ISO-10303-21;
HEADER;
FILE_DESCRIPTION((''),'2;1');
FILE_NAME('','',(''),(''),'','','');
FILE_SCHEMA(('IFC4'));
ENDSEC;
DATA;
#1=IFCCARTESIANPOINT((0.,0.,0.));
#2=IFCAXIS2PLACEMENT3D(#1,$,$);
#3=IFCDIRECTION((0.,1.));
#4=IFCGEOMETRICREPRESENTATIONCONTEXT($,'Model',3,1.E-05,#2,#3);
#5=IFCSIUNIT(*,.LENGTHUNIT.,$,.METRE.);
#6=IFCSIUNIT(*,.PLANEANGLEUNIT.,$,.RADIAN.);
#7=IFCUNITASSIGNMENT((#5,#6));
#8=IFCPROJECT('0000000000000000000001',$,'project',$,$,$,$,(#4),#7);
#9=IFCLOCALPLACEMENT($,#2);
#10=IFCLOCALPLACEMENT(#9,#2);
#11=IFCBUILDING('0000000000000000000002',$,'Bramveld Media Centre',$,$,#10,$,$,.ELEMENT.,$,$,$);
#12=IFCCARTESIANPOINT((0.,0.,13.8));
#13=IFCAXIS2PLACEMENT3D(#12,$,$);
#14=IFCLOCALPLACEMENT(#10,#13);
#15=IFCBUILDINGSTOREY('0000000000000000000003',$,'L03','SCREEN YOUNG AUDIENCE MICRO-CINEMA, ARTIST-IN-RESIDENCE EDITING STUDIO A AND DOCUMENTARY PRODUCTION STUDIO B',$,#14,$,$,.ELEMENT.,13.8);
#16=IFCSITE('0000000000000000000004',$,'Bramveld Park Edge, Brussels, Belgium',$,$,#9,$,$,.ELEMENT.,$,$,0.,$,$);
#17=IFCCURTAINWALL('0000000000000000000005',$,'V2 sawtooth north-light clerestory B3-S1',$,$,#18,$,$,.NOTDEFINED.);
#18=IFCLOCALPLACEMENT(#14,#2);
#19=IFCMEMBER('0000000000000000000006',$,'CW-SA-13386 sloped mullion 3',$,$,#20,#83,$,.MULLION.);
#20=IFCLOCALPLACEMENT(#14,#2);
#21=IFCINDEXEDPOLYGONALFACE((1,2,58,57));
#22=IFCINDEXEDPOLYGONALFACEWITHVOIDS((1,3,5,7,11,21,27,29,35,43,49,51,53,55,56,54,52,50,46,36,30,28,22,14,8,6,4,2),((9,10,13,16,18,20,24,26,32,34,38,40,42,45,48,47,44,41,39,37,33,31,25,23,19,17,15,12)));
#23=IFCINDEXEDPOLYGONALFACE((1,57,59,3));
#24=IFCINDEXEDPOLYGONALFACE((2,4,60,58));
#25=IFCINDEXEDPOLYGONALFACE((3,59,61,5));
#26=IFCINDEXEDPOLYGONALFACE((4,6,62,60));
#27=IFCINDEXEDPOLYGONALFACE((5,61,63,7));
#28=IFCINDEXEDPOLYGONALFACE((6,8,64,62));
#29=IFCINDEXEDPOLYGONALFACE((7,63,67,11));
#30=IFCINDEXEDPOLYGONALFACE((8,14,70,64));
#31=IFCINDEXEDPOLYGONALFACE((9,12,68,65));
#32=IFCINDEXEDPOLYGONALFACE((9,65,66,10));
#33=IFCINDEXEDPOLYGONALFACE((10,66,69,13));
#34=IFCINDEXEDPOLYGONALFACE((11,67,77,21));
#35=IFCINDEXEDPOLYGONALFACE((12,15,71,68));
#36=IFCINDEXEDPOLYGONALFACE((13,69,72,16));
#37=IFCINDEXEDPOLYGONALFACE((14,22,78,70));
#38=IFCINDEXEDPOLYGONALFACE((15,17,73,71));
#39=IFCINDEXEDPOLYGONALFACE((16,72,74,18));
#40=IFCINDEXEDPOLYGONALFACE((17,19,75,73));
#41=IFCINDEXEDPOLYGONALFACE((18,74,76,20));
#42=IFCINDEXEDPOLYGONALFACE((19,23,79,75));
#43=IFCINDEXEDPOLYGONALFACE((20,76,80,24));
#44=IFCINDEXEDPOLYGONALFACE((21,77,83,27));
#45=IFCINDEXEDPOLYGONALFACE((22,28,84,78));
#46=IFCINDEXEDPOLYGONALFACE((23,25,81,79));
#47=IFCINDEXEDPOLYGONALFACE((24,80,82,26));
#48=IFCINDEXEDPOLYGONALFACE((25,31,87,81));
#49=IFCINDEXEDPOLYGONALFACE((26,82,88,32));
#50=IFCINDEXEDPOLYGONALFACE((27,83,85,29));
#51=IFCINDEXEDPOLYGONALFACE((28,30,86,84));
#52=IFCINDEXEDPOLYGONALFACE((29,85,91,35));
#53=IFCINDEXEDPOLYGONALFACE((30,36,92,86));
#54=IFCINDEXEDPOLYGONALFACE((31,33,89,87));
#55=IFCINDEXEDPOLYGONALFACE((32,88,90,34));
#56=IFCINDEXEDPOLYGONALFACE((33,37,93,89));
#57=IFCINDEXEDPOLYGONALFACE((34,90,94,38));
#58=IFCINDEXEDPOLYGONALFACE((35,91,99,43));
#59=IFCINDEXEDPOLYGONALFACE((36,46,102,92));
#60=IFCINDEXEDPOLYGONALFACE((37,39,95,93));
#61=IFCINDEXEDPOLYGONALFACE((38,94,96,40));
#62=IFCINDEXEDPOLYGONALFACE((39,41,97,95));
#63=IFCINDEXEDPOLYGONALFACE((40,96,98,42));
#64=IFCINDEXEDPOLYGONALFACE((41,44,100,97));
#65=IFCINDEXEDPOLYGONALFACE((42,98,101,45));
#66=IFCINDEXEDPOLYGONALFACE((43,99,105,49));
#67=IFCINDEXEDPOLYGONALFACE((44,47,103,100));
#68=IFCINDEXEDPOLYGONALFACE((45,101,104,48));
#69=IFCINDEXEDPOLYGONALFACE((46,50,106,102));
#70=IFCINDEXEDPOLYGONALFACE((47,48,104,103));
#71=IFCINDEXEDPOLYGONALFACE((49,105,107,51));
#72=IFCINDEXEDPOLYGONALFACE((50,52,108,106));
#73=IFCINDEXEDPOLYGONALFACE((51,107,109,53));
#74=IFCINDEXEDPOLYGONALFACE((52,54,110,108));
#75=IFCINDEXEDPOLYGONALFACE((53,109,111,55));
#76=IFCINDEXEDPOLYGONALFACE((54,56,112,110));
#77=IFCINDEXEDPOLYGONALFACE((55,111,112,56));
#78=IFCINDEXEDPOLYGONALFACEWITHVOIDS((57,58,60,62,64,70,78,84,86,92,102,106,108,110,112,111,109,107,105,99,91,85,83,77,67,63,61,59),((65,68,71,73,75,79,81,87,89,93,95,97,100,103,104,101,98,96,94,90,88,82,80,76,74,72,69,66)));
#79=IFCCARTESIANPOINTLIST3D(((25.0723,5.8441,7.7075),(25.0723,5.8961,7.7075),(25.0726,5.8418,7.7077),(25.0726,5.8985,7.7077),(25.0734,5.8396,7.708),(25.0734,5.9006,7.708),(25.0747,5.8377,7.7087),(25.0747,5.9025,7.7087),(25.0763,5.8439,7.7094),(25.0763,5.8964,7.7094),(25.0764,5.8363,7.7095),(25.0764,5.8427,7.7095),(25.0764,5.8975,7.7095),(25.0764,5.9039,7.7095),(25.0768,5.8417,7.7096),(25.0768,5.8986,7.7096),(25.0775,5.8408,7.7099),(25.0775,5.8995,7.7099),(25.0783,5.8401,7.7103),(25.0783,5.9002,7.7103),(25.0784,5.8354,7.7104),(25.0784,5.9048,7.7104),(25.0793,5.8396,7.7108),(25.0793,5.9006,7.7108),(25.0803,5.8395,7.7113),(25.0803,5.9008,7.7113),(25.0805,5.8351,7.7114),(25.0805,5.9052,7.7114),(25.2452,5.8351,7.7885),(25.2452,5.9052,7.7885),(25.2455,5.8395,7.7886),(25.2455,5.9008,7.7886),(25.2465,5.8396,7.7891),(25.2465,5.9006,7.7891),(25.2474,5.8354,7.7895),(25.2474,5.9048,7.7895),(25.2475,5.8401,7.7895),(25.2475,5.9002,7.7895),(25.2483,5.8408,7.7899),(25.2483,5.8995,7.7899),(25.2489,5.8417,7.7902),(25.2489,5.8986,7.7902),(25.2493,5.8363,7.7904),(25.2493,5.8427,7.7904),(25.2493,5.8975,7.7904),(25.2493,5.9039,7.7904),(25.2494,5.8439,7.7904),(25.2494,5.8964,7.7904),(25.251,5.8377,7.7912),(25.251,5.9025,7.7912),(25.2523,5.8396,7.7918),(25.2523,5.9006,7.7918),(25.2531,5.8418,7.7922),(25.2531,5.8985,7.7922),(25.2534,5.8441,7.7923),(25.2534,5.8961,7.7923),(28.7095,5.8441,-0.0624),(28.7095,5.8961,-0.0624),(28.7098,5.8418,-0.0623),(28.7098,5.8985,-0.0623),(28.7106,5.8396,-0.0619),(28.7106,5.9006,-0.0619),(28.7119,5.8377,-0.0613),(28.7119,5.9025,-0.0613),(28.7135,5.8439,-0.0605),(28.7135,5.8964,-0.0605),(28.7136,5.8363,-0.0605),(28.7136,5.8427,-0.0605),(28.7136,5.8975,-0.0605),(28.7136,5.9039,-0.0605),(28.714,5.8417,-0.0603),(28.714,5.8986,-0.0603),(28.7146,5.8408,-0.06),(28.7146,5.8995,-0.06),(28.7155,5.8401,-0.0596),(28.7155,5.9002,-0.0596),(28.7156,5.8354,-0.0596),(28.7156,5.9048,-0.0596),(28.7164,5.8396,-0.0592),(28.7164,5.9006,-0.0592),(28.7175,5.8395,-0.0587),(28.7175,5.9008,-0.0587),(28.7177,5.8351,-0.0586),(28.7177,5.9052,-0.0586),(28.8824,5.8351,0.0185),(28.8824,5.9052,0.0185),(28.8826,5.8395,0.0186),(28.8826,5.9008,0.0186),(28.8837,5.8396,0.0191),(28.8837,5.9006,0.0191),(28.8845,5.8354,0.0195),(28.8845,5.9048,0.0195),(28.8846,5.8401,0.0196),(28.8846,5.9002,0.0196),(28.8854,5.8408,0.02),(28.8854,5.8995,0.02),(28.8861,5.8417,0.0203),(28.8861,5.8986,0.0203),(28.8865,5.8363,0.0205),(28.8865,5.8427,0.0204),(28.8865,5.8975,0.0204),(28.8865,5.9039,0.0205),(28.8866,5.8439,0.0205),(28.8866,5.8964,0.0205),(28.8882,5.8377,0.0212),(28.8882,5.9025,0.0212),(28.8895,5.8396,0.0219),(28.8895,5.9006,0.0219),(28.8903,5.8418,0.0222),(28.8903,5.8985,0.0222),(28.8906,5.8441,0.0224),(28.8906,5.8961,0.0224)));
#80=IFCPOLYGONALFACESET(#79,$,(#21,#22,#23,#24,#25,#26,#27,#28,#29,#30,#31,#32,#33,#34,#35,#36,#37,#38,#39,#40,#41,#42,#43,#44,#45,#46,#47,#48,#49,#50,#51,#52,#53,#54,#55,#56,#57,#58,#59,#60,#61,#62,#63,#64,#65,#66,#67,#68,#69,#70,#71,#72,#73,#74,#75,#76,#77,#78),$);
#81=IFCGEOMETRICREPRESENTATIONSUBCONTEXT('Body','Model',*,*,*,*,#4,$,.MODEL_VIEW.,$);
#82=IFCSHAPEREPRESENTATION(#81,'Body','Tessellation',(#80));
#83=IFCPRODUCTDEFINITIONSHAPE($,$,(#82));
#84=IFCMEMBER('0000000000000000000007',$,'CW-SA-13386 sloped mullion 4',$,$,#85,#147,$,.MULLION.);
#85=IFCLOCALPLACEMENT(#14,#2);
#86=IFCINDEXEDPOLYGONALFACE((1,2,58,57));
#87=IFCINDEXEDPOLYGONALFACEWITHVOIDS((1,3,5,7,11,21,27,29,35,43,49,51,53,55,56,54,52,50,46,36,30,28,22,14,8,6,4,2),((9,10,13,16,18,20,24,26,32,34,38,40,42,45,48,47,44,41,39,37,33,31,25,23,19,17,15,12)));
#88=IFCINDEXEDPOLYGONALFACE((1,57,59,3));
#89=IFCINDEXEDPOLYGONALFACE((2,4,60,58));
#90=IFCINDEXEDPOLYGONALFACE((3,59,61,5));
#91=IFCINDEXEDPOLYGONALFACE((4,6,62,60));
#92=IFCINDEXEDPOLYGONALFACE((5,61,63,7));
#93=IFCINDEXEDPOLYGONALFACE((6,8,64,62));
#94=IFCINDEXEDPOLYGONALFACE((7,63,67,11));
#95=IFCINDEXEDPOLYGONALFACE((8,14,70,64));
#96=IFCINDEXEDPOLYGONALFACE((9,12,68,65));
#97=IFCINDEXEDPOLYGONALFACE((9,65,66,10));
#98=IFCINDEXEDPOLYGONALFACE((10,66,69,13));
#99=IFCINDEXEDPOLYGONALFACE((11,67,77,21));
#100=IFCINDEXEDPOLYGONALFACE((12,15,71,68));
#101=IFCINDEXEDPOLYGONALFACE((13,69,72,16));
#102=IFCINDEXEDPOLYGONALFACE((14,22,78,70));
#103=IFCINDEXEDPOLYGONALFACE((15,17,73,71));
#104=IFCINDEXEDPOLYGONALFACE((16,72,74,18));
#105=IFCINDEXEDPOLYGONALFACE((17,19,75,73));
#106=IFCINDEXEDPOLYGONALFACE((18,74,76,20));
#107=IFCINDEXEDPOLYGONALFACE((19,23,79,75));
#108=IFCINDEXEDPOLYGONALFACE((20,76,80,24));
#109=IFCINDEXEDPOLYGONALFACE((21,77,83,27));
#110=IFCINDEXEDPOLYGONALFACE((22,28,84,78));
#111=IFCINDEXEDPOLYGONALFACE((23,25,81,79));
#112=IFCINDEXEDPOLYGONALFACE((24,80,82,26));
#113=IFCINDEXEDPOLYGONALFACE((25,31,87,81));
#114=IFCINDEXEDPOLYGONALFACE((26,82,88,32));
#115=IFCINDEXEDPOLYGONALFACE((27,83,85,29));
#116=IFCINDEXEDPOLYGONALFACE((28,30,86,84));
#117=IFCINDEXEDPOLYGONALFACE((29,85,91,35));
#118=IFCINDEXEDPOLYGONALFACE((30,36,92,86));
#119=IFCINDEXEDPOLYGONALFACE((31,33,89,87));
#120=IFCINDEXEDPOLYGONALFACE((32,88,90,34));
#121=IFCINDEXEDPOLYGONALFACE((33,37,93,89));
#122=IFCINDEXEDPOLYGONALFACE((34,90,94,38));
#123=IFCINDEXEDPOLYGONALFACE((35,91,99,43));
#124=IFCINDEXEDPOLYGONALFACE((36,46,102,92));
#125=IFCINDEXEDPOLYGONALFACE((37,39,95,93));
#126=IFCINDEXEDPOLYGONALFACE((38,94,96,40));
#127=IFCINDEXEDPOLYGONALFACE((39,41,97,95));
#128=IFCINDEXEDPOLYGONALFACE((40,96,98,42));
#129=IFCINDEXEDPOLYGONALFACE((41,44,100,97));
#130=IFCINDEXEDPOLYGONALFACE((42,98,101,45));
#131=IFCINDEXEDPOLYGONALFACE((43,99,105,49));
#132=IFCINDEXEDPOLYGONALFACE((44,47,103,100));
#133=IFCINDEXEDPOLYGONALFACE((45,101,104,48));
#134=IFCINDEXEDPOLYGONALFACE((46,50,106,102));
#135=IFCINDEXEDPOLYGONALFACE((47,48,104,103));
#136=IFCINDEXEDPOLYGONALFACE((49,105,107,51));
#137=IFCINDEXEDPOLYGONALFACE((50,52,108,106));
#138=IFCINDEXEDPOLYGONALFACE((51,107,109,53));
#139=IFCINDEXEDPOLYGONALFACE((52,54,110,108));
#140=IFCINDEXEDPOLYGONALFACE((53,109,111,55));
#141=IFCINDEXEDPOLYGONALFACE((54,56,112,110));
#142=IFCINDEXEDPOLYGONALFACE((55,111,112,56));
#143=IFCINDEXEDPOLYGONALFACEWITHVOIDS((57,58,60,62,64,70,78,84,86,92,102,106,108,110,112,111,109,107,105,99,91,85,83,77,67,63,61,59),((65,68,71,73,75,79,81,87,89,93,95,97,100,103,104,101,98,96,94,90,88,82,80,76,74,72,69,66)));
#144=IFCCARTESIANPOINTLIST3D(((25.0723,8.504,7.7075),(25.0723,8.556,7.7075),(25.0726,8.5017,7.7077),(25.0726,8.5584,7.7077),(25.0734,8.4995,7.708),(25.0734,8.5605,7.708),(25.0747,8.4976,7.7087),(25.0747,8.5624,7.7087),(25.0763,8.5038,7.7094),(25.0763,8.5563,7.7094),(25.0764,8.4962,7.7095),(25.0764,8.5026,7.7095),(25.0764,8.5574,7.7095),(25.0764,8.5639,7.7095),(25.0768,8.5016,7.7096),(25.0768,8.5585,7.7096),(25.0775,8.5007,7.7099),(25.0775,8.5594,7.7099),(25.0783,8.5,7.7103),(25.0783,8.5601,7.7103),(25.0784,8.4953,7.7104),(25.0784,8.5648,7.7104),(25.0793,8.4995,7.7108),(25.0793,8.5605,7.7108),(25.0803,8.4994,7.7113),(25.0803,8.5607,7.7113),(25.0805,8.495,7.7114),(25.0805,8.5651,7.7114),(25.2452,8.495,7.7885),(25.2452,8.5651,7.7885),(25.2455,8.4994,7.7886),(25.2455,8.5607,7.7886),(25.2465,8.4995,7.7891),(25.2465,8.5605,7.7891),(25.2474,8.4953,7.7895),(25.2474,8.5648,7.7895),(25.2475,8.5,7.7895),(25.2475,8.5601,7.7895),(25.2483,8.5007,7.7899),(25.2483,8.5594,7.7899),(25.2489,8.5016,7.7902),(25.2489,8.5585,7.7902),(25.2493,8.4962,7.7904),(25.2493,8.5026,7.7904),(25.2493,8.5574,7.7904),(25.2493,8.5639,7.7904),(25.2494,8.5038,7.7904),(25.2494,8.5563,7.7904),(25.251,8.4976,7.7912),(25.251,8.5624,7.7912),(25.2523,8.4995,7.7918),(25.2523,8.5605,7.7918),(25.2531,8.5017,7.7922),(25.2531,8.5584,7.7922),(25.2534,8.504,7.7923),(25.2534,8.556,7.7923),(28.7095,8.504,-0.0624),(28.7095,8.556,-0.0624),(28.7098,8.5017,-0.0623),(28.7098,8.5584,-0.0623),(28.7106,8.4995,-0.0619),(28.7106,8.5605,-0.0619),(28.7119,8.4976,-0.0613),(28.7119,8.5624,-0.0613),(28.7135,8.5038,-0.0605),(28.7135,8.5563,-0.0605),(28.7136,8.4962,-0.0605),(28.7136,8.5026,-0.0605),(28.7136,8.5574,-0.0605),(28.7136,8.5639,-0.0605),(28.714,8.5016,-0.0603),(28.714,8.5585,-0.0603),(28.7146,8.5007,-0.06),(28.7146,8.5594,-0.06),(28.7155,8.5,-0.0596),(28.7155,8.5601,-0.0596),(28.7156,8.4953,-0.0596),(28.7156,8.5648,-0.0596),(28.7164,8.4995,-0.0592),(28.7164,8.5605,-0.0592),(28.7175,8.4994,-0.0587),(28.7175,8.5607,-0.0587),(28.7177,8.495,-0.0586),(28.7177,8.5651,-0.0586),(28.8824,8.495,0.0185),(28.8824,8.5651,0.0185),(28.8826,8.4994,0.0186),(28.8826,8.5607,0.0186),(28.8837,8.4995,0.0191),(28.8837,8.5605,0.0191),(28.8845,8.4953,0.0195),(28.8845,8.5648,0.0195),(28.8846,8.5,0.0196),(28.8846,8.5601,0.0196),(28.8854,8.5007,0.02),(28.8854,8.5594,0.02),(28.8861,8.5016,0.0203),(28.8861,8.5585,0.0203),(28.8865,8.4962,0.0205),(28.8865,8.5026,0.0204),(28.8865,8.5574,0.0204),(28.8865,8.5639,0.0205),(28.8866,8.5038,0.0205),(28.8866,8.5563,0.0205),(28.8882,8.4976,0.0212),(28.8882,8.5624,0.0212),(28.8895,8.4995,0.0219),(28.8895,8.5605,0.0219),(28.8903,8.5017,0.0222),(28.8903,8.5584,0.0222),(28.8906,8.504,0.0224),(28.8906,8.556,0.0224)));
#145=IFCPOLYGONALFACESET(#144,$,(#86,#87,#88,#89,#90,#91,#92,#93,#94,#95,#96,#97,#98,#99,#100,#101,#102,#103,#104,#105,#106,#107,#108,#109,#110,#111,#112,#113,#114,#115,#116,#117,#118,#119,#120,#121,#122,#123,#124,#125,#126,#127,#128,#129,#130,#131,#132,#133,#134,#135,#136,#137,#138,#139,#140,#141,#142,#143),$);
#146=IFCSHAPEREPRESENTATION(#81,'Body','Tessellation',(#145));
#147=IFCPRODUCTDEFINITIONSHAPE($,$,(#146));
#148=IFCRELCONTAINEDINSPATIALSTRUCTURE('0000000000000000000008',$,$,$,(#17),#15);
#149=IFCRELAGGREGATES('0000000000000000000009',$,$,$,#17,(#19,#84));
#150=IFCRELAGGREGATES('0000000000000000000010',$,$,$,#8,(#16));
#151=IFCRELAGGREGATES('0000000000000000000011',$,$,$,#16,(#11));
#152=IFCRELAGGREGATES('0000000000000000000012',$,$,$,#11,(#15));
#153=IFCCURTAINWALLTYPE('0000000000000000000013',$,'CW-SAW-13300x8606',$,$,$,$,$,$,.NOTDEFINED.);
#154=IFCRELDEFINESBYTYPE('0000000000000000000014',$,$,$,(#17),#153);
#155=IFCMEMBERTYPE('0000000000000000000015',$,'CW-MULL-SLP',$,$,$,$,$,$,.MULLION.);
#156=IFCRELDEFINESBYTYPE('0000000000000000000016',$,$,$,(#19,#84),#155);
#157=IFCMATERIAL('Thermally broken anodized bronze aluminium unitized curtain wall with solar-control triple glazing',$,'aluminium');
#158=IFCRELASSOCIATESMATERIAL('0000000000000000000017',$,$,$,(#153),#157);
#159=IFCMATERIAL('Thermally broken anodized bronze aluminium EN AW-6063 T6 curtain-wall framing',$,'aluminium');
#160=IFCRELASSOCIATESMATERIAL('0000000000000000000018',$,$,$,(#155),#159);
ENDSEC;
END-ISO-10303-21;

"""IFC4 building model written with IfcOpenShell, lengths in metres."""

from ifc_helpers import new_model, si_unit, direction, frame, origin, origin_2d, place, context, subcontext, project, spatial, hollow_rectangle, extrude, material, material_profile, profile_set, type_object, element, aggregate, save


model = new_model("IFC4")

# Units and contexts
model_context = context("Model", 3, precision=1e-05, world=origin(), true_north=direction((0.0, 1.0)))
body_context = subcontext(model_context, "Body", "Model", "MODEL_VIEW")
ifc_project = project(units=[si_unit("LENGTHUNIT", "METRE"), si_unit("PLANEANGLEUNIT", "RADIAN")], contexts=[model_context])

# Site, building, storey
site_placement = place(None, origin())
site = spatial("IfcSite", under=ifc_project, at=site_placement, Name="Bramveld Park Edge, Brussels, Belgium", CompositionType="ELEMENT", RefElevation=0.0)
building_placement = place(site_placement, origin())
building = spatial("IfcBuilding", under=site, at=building_placement, Name="Bramveld Media Centre", CompositionType="ELEMENT")
storey_placement = place(building_placement, frame((0.0, 0.0, 13.8)))
storey = spatial("IfcBuildingStorey", under=building, at=storey_placement, Name="L03", Description="SCREEN YOUNG AUDIENCE MICRO-CINEMA, ARTIST-IN-RESIDENCE EDITING STUDIO A AND DOCUMENTARY PRODUCTION STUDIO B", CompositionType="ELEMENT", Elevation=13.8)

# Curtain wall, members
ifc_material_1 = material(Name="Thermally broken anodized bronze aluminium unitized curtain wall with solar-control triple glazing", Category="aluminium")
curtain_wall_type = type_object("IfcCurtainWallType", Name="CW-SAW-13300x8606", PredefinedType="NOTDEFINED", material=ifc_material_1)
curtain_wall_placement = place(storey_placement, origin())
curtain_wall = element("IfcCurtainWall", 1, at=curtain_wall_placement, inside=storey, type_object=curtain_wall_type, Name="V2 sawtooth north-light clerestory B3-S1", PredefinedType="NOTDEFINED")
ifc_material_2 = material(Name="Thermally broken anodized bronze aluminium EN AW-6063 T6 curtain-wall framing", Category="aluminium")
ifc_material_profile_1 = material_profile(ifc_material_2, hollow_rectangle(XDim=0.0701, YDim=0.2, WallThickness=0.0044, InnerFilletRadius=0.0044, OuterFilletRadius=0.009, at=origin_2d()), Name="AL-MULL 70x200")
ifc_profile_set_1 = profile_set([ifc_material_profile_1], Name="Thermally broken anodized bronze aluminium EN AW-6063 T6 curtain-wall framing")
member_type_1 = type_object("IfcMemberType", Name="CW-MULL-SLP", PredefinedType="MULLION", material=ifc_profile_set_1)
member_1_placement = place(storey_placement, frame((28.8, 5.8701, -0.02), z_axis=(-0.423957, 0.0, 0.905682), x_axis=(0.0, -1.0, 0.0)))
member_1 = element("IfcMember", 2, at=member_1_placement, type_object=member_type_1, Name="CW-SA-13386 sloped mullion 3", PredefinedType="MULLION", context=body_context, shape_type="SweptSolid", body=[
    extrude(hollow_rectangle(XDim=0.0701, YDim=0.2, WallThickness=0.0044, InnerFilletRadius=0.0044, OuterFilletRadius=0.009, at=origin_2d()), origin(), (0.0, 0.0, 1.0), 8.5791),
])
member_2_placement = place(storey_placement, frame((28.8, 8.53, -0.02), z_axis=(-0.423957, 0.0, 0.905682), x_axis=(0.0, -1.0, 0.0)))
member_2 = element("IfcMember", 3, at=member_2_placement, type_object=member_type_1, Name="CW-SA-13386 sloped mullion 4", PredefinedType="MULLION", context=body_context, shape_type="SweptSolid", body=[
    extrude(hollow_rectangle(XDim=0.0701, YDim=0.2, WallThickness=0.0044, InnerFilletRadius=0.0044, OuterFilletRadius=0.009, at=origin_2d()), origin(), (0.0, 0.0, 1.0), 8.5791),
])
aggregate(curtain_wall, [member_1, member_2])

save(model, "model.ifc")
